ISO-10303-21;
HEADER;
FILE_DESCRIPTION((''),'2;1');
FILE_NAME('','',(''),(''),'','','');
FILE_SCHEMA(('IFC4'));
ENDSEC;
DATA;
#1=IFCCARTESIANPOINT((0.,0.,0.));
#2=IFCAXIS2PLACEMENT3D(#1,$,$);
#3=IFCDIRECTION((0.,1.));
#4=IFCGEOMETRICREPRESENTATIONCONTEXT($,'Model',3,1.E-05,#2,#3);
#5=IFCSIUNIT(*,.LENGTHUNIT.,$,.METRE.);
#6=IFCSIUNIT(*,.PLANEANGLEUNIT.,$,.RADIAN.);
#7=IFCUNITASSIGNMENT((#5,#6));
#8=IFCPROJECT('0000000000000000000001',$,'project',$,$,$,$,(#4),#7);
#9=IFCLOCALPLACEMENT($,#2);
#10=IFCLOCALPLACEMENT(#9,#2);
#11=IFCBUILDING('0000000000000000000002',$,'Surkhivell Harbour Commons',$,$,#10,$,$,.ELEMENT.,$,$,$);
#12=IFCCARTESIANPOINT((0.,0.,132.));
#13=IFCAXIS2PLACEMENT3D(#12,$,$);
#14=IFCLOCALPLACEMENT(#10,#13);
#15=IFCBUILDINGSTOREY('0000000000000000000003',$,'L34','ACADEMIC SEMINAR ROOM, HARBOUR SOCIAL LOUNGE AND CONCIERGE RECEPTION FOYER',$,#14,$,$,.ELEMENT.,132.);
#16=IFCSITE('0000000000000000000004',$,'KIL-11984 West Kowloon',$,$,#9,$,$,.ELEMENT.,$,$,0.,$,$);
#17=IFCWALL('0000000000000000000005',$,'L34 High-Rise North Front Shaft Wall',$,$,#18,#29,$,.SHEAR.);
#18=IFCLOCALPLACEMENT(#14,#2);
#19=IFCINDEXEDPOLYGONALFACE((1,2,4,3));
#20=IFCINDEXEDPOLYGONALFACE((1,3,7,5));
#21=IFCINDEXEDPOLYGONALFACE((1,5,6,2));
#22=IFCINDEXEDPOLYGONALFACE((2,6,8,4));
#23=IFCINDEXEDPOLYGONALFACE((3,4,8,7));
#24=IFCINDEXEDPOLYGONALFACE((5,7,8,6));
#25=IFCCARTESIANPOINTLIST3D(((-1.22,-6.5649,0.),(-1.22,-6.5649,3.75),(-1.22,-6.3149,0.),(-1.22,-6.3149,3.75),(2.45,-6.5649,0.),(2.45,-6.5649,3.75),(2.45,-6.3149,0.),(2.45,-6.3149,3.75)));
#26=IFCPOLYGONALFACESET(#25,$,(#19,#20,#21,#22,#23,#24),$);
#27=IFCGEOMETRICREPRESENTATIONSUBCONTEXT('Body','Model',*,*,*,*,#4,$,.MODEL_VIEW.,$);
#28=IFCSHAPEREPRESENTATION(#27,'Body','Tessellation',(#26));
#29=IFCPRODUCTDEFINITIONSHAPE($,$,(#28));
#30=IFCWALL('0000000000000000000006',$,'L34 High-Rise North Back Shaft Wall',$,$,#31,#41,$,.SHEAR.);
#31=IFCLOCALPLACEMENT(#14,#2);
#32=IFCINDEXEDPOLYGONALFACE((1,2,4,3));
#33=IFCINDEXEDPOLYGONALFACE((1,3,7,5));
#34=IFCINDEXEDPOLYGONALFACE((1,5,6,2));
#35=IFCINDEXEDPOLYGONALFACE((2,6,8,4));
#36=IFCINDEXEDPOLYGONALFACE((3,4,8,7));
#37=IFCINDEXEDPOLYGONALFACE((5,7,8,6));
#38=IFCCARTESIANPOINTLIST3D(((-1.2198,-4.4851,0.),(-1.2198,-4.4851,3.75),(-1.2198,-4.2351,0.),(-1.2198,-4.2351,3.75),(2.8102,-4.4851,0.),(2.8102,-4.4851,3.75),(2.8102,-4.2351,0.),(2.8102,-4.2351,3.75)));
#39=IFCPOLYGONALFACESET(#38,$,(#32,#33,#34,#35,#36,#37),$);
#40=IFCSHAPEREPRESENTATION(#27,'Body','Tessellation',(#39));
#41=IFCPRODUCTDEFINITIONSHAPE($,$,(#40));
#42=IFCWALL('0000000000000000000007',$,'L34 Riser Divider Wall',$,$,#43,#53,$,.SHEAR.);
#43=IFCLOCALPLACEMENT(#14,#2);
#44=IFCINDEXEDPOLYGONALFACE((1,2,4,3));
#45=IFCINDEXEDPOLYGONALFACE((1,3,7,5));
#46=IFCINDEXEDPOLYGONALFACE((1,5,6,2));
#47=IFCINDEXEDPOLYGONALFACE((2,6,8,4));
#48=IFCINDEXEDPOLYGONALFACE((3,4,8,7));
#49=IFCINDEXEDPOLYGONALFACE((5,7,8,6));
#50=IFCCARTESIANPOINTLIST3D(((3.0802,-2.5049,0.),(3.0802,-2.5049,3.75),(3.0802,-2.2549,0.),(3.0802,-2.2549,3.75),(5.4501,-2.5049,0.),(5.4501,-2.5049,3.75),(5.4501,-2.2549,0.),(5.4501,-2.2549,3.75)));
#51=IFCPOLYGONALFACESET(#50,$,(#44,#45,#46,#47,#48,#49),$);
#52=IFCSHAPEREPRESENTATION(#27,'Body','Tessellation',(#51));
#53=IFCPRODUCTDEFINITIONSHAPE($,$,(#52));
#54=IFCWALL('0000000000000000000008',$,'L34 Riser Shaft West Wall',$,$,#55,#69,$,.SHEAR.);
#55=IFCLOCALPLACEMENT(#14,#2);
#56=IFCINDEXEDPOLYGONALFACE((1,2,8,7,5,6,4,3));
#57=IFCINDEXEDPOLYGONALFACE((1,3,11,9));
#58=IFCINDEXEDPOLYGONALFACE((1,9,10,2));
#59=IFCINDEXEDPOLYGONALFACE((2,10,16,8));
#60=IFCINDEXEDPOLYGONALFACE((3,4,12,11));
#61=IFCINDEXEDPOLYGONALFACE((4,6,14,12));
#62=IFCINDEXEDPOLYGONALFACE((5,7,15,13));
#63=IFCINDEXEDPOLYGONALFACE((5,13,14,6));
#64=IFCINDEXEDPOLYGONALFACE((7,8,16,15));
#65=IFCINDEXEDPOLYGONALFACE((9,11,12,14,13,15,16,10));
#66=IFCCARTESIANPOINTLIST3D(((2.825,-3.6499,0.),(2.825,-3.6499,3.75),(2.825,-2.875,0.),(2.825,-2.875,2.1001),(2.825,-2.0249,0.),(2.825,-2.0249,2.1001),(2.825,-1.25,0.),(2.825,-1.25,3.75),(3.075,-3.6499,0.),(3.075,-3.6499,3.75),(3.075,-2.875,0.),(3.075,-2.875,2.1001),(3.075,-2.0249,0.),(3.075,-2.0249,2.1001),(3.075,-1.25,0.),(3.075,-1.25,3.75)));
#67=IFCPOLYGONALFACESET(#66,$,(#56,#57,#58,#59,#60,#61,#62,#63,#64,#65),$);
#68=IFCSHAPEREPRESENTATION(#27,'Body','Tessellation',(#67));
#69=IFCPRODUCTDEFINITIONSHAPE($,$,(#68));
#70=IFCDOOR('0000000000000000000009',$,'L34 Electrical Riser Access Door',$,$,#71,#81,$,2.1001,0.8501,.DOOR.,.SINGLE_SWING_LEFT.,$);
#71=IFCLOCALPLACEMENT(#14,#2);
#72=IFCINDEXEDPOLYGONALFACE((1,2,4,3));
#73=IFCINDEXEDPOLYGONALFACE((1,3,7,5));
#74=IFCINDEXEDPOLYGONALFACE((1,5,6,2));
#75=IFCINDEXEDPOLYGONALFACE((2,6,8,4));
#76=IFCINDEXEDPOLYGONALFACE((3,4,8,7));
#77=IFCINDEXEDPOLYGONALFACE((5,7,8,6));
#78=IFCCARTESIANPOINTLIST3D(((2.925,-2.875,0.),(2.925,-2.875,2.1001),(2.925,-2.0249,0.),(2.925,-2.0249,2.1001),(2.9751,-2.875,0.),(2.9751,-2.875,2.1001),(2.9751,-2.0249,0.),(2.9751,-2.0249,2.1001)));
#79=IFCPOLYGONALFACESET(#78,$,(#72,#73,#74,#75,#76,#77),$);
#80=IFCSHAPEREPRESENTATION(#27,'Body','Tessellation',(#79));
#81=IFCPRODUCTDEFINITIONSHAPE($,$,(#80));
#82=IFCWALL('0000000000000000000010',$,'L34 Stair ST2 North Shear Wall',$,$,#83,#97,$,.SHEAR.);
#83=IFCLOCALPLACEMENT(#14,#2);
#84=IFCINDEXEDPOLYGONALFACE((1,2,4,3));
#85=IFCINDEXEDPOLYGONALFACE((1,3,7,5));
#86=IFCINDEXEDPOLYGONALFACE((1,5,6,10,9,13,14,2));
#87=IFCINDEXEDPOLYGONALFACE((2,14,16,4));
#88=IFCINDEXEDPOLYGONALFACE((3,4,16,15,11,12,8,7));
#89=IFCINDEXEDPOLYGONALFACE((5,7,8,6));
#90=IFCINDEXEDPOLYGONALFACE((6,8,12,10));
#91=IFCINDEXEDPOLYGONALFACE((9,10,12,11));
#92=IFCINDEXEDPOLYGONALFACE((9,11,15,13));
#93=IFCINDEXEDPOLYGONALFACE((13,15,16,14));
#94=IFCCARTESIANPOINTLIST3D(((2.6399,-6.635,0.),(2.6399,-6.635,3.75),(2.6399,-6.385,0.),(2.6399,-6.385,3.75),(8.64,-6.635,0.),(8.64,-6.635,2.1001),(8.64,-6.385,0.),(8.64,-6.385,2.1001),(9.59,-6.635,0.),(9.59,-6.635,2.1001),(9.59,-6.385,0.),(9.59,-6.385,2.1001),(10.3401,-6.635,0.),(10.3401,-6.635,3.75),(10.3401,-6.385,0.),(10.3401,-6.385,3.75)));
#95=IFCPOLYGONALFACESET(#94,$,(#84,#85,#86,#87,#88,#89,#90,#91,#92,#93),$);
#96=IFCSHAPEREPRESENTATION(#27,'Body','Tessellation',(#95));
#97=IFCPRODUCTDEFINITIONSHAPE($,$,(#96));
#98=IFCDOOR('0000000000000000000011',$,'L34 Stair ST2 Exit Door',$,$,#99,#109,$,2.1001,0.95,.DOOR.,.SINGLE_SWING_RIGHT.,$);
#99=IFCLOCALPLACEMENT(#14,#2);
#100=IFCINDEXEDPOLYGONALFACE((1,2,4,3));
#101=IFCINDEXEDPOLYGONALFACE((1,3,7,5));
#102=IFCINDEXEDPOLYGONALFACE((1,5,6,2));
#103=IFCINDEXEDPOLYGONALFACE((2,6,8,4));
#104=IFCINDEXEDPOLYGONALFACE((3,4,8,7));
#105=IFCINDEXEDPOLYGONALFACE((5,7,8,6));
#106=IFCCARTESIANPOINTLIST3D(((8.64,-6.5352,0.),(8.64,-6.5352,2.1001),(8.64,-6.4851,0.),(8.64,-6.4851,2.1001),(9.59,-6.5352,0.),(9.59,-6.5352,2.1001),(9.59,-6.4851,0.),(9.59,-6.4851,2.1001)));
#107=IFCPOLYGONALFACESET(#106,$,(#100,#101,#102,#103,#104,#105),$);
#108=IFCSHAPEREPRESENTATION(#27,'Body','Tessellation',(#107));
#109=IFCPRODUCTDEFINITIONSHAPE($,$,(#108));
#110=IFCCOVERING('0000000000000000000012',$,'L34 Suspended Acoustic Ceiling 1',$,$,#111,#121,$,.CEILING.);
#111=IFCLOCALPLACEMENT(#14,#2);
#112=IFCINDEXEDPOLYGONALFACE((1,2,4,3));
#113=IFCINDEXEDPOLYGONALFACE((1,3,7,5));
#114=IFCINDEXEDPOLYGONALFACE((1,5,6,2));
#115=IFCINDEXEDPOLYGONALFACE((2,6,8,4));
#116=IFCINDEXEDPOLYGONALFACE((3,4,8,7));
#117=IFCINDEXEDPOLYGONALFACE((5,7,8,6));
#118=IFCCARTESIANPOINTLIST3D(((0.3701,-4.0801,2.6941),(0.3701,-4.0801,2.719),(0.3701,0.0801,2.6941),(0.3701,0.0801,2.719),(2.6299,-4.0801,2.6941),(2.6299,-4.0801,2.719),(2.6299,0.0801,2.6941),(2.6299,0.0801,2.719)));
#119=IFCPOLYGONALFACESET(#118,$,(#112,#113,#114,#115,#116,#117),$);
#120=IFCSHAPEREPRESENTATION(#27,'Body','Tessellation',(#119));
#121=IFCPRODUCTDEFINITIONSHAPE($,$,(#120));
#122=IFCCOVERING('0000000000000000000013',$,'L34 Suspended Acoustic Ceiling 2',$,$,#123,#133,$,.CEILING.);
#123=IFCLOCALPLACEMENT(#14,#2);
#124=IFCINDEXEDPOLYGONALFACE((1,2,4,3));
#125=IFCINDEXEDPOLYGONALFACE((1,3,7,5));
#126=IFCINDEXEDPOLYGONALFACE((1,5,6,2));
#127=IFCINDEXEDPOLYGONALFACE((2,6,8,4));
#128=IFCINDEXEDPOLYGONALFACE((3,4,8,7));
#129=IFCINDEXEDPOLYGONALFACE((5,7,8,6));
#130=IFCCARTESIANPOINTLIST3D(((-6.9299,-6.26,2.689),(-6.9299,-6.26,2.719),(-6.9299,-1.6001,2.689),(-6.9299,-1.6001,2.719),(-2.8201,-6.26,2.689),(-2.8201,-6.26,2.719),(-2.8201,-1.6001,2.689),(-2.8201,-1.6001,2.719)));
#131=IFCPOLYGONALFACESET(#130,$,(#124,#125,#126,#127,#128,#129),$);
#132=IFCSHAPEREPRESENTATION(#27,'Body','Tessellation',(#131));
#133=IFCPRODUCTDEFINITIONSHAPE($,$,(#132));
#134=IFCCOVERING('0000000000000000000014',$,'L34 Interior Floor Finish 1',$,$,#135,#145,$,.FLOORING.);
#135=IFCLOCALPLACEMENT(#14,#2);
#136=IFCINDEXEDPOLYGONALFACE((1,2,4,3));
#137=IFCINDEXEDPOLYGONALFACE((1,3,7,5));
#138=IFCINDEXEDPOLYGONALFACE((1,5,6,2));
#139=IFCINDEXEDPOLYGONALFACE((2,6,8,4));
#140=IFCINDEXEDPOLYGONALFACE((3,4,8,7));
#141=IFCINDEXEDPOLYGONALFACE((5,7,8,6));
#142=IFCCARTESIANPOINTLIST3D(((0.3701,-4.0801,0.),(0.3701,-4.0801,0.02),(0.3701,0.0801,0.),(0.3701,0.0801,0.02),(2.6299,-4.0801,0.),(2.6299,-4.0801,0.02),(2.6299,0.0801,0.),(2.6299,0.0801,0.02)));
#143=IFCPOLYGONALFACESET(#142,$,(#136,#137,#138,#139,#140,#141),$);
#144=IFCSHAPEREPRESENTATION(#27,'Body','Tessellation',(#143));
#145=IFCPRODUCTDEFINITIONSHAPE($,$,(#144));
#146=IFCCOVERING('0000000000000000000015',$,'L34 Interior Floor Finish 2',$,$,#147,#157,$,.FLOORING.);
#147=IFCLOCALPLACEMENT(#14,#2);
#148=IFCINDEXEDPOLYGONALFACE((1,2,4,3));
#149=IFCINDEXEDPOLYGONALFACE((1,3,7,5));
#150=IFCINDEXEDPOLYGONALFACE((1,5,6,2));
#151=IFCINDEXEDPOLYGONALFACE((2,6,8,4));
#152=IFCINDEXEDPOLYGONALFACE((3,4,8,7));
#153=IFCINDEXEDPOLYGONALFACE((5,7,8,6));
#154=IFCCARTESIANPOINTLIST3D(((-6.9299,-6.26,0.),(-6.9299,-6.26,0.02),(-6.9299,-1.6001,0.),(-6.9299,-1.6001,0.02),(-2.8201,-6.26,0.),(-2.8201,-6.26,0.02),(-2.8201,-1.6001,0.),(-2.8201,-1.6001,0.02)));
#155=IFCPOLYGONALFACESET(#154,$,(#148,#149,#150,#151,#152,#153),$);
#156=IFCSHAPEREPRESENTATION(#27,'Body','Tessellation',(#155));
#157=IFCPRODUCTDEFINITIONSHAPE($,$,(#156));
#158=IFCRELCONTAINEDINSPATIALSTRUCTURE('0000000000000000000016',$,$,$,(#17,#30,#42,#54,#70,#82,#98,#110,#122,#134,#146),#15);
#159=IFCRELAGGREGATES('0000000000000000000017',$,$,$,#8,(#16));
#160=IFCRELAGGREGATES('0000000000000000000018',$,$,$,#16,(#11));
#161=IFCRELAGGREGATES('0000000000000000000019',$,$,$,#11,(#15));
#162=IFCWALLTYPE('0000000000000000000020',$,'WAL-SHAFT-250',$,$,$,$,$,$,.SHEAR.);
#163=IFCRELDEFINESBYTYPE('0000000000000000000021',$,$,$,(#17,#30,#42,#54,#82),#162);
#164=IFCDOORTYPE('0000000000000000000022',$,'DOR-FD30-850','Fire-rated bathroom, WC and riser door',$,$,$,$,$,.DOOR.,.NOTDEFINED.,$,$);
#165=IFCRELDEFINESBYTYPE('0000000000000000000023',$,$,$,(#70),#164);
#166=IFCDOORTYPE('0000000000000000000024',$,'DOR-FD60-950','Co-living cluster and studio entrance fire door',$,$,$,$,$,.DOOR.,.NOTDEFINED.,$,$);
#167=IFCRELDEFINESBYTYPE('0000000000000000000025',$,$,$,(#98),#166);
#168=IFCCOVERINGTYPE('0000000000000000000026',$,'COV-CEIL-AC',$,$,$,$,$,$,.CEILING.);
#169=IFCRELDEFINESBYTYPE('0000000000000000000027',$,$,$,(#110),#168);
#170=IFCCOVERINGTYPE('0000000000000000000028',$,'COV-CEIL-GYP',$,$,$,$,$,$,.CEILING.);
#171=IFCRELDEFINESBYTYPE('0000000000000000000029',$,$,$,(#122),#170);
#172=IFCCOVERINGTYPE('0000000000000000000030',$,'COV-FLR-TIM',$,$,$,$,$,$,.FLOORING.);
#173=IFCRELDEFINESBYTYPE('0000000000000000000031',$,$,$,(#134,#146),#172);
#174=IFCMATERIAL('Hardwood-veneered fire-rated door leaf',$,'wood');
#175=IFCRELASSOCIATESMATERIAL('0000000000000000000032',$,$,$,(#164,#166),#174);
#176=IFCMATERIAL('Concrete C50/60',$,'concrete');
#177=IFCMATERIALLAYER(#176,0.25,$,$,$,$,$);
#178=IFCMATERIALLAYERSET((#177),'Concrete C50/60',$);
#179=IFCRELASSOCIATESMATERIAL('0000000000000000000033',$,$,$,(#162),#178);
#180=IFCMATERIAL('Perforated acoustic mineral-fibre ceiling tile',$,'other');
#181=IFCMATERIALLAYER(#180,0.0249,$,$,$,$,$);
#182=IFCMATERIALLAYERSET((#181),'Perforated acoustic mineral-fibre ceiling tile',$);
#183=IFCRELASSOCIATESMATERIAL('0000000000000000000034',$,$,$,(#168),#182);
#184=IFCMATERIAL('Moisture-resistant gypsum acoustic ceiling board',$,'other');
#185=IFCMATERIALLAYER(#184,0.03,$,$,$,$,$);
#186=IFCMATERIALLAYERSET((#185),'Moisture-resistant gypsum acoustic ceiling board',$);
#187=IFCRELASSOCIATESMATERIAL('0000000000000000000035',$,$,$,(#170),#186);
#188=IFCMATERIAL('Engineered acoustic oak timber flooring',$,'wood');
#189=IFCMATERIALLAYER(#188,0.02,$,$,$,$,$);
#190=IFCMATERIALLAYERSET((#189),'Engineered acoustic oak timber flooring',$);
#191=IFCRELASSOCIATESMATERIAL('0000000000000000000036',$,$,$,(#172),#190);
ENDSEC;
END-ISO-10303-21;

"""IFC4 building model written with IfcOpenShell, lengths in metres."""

from ifc_helpers import new_model, si_unit, direction, frame, frame_2d, origin, place, context, subcontext, project, spatial, polyline, rectangle, outline, extrude, material, layer, layer_set, type_object, element, fill, save


model = new_model("IFC4")

# Units and contexts
model_context = context("Model", 3, precision=1e-05, world=origin(), true_north=direction((0.0, 1.0)))
body_context = subcontext(model_context, "Body", "Model", "MODEL_VIEW")
ifc_project = project(units=[si_unit("LENGTHUNIT", "METRE"), si_unit("PLANEANGLEUNIT", "RADIAN")], contexts=[model_context])

# Site, building, storey
site_placement = place(None, origin())
site = spatial("IfcSite", under=ifc_project, at=site_placement, Name="KIL-11984 West Kowloon", CompositionType="ELEMENT", RefElevation=0.0)
building_placement = place(site_placement, origin())
building = spatial("IfcBuilding", under=site, at=building_placement, Name="Surkhivell Harbour Commons", CompositionType="ELEMENT")
storey_placement = place(building_placement, frame((0.0, 0.0, 132.0)))
storey = spatial("IfcBuildingStorey", under=building, at=storey_placement, Name="L34", Description="ACADEMIC SEMINAR ROOM, HARBOUR SOCIAL LOUNGE AND CONCIERGE RECEPTION FOYER", CompositionType="ELEMENT", Elevation=132.0)

# Shared definitions
ifc_material_1 = material(Name="Hardwood-veneered fire-rated door leaf", Category="wood")
door_type_1 = type_object("IfcDoorType", Name="DOR-FD30-850", Description="Fire-rated bathroom, WC and riser door", OperationType="NOTDEFINED", PredefinedType="DOOR", material=ifc_material_1)

# Walls
ifc_material_2 = material(Name="Concrete C50/60", Category="concrete")
ifc_layer_1 = layer(ifc_material_2, 0.25)
ifc_layer_set_1 = layer_set([ifc_layer_1], Name="Concrete C50/60")
wall_type_1 = type_object("IfcWallType", Name="WAL-SHAFT-250", PredefinedType="SHEAR", material=ifc_layer_set_1)
wall_1_placement = place(storey_placement, frame((-1.22, -6.4399, 0.0), z_axis=(0.0, 0.0, 1.0), x_axis=(1.0, 0.0, 0.0)))
element("IfcWall", 1, at=wall_1_placement, inside=storey, type_object=wall_type_1, Name="L34 High-Rise North Front Shaft Wall", PredefinedType="SHEAR", context=body_context, shape_type="SweptSolid", body=[
    extrude(rectangle(XDim=3.6699, YDim=0.25, at=frame_2d((1.835, 0.0))), origin(), (0.0, 0.0, 1.0), 3.75),
])
wall_2_placement = place(storey_placement, frame((-1.22, -4.3601, 0.0), z_axis=(0.0, 0.0, 1.0), x_axis=(1.0, 0.0, 0.0)))
element("IfcWall", 2, at=wall_2_placement, inside=storey, type_object=wall_type_1, Name="L34 High-Rise North Back Shaft Wall", PredefinedType="SHEAR", context=body_context, shape_type="SweptSolid", body=[
    extrude(rectangle(XDim=4.03, YDim=0.25, at=frame_2d((2.0151, 0.0))), origin(), (0.0, 0.0, 1.0), 3.75),
])
wall_3_placement = place(storey_placement, frame((3.0801, -2.3799, 0.0), z_axis=(0.0, 0.0, 1.0), x_axis=(1.0, 0.0, 0.0)))
element("IfcWall", 3, at=wall_3_placement, inside=storey, type_object=wall_type_1, Name="L34 Riser Divider Wall", PredefinedType="SHEAR", context=body_context, shape_type="SweptSolid", body=[
    extrude(rectangle(XDim=2.3699, YDim=0.25, at=frame_2d((1.1851, 0.0))), origin(), (0.0, 0.0, 1.0), 3.75),
])

# Walls, openings, doors
wall_4_placement = place(storey_placement, frame((2.95, -3.6499, 0.0), z_axis=(0.0, 0.0, 1.0), x_axis=(0.0, 1.0, 0.0)))
wall_4 = element("IfcWall", 4, at=wall_4_placement, inside=storey, type_object=wall_type_1, Name="L34 Riser Shaft West Wall", PredefinedType="SHEAR", context=body_context, shape_type="SweptSolid", body=[
    extrude(rectangle(XDim=2.3999, YDim=0.25, at=frame_2d((1.2, 0.0))), origin(), (0.0, 0.0, 1.0), 3.75),
])
opening_1_placement = place(wall_4_placement, frame((0.7749, 0.0, 0.0)))
opening_1 = element("IfcOpeningElement", 5, at=opening_1_placement, cuts=wall_4, PredefinedType="OPENING", context=body_context, shape_type="SweptSolid", body=[
    extrude(rectangle(XDim=0.8501, YDim=2.1001, at=frame_2d((0.425, 1.05))), frame((0.0, 0.135, 0.0), z_axis=(0.0, -1.0, 0.0), x_axis=(1.0, 0.0, 0.0)), (0.0, 0.0, 1.0), 0.27),
])
door_1_placement = place(opening_1_placement, origin())
door_1 = element("IfcDoor", 6, at=door_1_placement, inside=storey, type_object=door_type_1, Name="L34 Electrical Riser Access Door", OperationType="SINGLE_SWING_LEFT", OverallHeight=2.1001, OverallWidth=0.8501, PredefinedType="DOOR", context=body_context, shape_type="SweptSolid", body=[
    extrude(rectangle(XDim=0.8501, YDim=2.1001, at=frame_2d((0.425, 1.05))), frame((0.0, 0.0249, 0.0), z_axis=(0.0, -1.0, 0.0), x_axis=(1.0, 0.0, 0.0)), (0.0, 0.0, 1.0), 0.05),
])
fill(opening_1, door_1)
wall_5_placement = place(storey_placement, frame((2.6399, -6.51, 0.0), z_axis=(0.0, 0.0, 1.0), x_axis=(1.0, 0.0, 0.0)))
wall_5 = element("IfcWall", 7, at=wall_5_placement, inside=storey, type_object=wall_type_1, Name="L34 Stair ST2 North Shear Wall", PredefinedType="SHEAR", context=body_context, shape_type="SweptSolid", body=[
    extrude(rectangle(XDim=7.7002, YDim=0.25, at=frame_2d((3.8501, 0.0))), origin(), (0.0, 0.0, 1.0), 3.75),
])
opening_2_placement = place(wall_5_placement, frame((6.0, 0.0, 0.0)))
opening_2 = element("IfcOpeningElement", 8, at=opening_2_placement, cuts=wall_5, PredefinedType="OPENING", context=body_context, shape_type="SweptSolid", body=[
    extrude(rectangle(XDim=0.95, YDim=2.1001, at=frame_2d((0.4751, 1.05))), frame((0.0, 0.135, 0.0), z_axis=(0.0, -1.0, 0.0), x_axis=(1.0, 0.0, 0.0)), (0.0, 0.0, 1.0), 0.27),
])
door_type_2 = type_object("IfcDoorType", Name="DOR-FD60-950", Description="Co-living cluster and studio entrance fire door", OperationType="NOTDEFINED", PredefinedType="DOOR", material=ifc_material_1)
door_2_placement = place(opening_2_placement, origin())
door_2 = element("IfcDoor", 9, at=door_2_placement, inside=storey, type_object=door_type_2, Name="L34 Stair ST2 Exit Door", OperationType="SINGLE_SWING_RIGHT", OverallHeight=2.1001, OverallWidth=0.95, PredefinedType="DOOR", context=body_context, shape_type="SweptSolid", body=[
    extrude(rectangle(XDim=0.95, YDim=2.1001, at=frame_2d((0.4751, 1.05))), frame((0.0, 0.0249, 0.0), z_axis=(0.0, -1.0, 0.0), x_axis=(1.0, 0.0, 0.0)), (0.0, 0.0, 1.0), 0.05),
])
fill(opening_2, door_2)

# Coverings
ifc_material_3 = material(Name="Perforated acoustic mineral-fibre ceiling tile", Category="other")
ifc_layer_2 = layer(ifc_material_3, 0.0249)
ifc_layer_set_2 = layer_set([ifc_layer_2], Name="Perforated acoustic mineral-fibre ceiling tile")
covering_type_1 = type_object("IfcCoveringType", Name="COV-CEIL-AC", PredefinedType="CEILING", material=ifc_layer_set_2)
covering_1_placement = place(storey_placement, frame((0.0, 0.0, 2.6941)))
element("IfcCovering", 10, at=covering_1_placement, inside=storey, type_object=covering_type_1, Name="L34 Suspended Acoustic Ceiling 1", PredefinedType="CEILING", context=body_context, shape_type="SweptSolid", body=[
    extrude(outline(polyline([(0.3701, -4.0801), (2.6299, -4.0801), (2.6299, 0.0801), (0.3701, 0.0801), (0.3701, -4.0801)])), origin(), (0.0, 0.0, 1.0), 0.0249),
])
ifc_material_4 = material(Name="Moisture-resistant gypsum acoustic ceiling board", Category="other")
ifc_layer_3 = layer(ifc_material_4, 0.03)
ifc_layer_set_3 = layer_set([ifc_layer_3], Name="Moisture-resistant gypsum acoustic ceiling board")
covering_type_2 = type_object("IfcCoveringType", Name="COV-CEIL-GYP", PredefinedType="CEILING", material=ifc_layer_set_3)
covering_2_placement = place(storey_placement, frame((0.0, 0.0, 2.689)))
element("IfcCovering", 11, at=covering_2_placement, inside=storey, type_object=covering_type_2, Name="L34 Suspended Acoustic Ceiling 2", PredefinedType="CEILING", context=body_context, shape_type="SweptSolid", body=[
    extrude(outline(polyline([(-6.9299, -6.26), (-2.8201, -6.26), (-2.8201, -1.6001), (-6.9299, -1.6001), (-6.9299, -6.26)])), origin(), (0.0, 0.0, 1.0), 0.03),
])
ifc_material_5 = material(Name="Engineered acoustic oak timber flooring", Category="wood")
ifc_layer_4 = layer(ifc_material_5, 0.02)
ifc_layer_set_4 = layer_set([ifc_layer_4], Name="Engineered acoustic oak timber flooring")
covering_type_3 = type_object("IfcCoveringType", Name="COV-FLR-TIM", PredefinedType="FLOORING", material=ifc_layer_set_4)
covering_3_placement = place(storey_placement, origin())
element("IfcCovering", 12, at=covering_3_placement, inside=storey, type_object=covering_type_3, Name="L34 Interior Floor Finish 1", PredefinedType="FLOORING", context=body_context, shape_type="SweptSolid", body=[
    extrude(outline(polyline([(0.3701, -4.0801), (2.6299, -4.0801), (2.6299, 0.0801), (0.3701, 0.0801), (0.3701, -4.0801)])), origin(), (0.0, 0.0, 1.0), 0.02),
])
covering_4_placement = place(storey_placement, origin())
element("IfcCovering", 13, at=covering_4_placement, inside=storey, type_object=covering_type_3, Name="L34 Interior Floor Finish 2", PredefinedType="FLOORING", context=body_context, shape_type="SweptSolid", body=[
    extrude(outline(polyline([(-6.9299, -6.26), (-2.8201, -6.26), (-2.8201, -1.6001), (-6.9299, -1.6001), (-6.9299, -6.26)])), origin(), (0.0, 0.0, 1.0), 0.02),
])

save(model, "model.ifc")
